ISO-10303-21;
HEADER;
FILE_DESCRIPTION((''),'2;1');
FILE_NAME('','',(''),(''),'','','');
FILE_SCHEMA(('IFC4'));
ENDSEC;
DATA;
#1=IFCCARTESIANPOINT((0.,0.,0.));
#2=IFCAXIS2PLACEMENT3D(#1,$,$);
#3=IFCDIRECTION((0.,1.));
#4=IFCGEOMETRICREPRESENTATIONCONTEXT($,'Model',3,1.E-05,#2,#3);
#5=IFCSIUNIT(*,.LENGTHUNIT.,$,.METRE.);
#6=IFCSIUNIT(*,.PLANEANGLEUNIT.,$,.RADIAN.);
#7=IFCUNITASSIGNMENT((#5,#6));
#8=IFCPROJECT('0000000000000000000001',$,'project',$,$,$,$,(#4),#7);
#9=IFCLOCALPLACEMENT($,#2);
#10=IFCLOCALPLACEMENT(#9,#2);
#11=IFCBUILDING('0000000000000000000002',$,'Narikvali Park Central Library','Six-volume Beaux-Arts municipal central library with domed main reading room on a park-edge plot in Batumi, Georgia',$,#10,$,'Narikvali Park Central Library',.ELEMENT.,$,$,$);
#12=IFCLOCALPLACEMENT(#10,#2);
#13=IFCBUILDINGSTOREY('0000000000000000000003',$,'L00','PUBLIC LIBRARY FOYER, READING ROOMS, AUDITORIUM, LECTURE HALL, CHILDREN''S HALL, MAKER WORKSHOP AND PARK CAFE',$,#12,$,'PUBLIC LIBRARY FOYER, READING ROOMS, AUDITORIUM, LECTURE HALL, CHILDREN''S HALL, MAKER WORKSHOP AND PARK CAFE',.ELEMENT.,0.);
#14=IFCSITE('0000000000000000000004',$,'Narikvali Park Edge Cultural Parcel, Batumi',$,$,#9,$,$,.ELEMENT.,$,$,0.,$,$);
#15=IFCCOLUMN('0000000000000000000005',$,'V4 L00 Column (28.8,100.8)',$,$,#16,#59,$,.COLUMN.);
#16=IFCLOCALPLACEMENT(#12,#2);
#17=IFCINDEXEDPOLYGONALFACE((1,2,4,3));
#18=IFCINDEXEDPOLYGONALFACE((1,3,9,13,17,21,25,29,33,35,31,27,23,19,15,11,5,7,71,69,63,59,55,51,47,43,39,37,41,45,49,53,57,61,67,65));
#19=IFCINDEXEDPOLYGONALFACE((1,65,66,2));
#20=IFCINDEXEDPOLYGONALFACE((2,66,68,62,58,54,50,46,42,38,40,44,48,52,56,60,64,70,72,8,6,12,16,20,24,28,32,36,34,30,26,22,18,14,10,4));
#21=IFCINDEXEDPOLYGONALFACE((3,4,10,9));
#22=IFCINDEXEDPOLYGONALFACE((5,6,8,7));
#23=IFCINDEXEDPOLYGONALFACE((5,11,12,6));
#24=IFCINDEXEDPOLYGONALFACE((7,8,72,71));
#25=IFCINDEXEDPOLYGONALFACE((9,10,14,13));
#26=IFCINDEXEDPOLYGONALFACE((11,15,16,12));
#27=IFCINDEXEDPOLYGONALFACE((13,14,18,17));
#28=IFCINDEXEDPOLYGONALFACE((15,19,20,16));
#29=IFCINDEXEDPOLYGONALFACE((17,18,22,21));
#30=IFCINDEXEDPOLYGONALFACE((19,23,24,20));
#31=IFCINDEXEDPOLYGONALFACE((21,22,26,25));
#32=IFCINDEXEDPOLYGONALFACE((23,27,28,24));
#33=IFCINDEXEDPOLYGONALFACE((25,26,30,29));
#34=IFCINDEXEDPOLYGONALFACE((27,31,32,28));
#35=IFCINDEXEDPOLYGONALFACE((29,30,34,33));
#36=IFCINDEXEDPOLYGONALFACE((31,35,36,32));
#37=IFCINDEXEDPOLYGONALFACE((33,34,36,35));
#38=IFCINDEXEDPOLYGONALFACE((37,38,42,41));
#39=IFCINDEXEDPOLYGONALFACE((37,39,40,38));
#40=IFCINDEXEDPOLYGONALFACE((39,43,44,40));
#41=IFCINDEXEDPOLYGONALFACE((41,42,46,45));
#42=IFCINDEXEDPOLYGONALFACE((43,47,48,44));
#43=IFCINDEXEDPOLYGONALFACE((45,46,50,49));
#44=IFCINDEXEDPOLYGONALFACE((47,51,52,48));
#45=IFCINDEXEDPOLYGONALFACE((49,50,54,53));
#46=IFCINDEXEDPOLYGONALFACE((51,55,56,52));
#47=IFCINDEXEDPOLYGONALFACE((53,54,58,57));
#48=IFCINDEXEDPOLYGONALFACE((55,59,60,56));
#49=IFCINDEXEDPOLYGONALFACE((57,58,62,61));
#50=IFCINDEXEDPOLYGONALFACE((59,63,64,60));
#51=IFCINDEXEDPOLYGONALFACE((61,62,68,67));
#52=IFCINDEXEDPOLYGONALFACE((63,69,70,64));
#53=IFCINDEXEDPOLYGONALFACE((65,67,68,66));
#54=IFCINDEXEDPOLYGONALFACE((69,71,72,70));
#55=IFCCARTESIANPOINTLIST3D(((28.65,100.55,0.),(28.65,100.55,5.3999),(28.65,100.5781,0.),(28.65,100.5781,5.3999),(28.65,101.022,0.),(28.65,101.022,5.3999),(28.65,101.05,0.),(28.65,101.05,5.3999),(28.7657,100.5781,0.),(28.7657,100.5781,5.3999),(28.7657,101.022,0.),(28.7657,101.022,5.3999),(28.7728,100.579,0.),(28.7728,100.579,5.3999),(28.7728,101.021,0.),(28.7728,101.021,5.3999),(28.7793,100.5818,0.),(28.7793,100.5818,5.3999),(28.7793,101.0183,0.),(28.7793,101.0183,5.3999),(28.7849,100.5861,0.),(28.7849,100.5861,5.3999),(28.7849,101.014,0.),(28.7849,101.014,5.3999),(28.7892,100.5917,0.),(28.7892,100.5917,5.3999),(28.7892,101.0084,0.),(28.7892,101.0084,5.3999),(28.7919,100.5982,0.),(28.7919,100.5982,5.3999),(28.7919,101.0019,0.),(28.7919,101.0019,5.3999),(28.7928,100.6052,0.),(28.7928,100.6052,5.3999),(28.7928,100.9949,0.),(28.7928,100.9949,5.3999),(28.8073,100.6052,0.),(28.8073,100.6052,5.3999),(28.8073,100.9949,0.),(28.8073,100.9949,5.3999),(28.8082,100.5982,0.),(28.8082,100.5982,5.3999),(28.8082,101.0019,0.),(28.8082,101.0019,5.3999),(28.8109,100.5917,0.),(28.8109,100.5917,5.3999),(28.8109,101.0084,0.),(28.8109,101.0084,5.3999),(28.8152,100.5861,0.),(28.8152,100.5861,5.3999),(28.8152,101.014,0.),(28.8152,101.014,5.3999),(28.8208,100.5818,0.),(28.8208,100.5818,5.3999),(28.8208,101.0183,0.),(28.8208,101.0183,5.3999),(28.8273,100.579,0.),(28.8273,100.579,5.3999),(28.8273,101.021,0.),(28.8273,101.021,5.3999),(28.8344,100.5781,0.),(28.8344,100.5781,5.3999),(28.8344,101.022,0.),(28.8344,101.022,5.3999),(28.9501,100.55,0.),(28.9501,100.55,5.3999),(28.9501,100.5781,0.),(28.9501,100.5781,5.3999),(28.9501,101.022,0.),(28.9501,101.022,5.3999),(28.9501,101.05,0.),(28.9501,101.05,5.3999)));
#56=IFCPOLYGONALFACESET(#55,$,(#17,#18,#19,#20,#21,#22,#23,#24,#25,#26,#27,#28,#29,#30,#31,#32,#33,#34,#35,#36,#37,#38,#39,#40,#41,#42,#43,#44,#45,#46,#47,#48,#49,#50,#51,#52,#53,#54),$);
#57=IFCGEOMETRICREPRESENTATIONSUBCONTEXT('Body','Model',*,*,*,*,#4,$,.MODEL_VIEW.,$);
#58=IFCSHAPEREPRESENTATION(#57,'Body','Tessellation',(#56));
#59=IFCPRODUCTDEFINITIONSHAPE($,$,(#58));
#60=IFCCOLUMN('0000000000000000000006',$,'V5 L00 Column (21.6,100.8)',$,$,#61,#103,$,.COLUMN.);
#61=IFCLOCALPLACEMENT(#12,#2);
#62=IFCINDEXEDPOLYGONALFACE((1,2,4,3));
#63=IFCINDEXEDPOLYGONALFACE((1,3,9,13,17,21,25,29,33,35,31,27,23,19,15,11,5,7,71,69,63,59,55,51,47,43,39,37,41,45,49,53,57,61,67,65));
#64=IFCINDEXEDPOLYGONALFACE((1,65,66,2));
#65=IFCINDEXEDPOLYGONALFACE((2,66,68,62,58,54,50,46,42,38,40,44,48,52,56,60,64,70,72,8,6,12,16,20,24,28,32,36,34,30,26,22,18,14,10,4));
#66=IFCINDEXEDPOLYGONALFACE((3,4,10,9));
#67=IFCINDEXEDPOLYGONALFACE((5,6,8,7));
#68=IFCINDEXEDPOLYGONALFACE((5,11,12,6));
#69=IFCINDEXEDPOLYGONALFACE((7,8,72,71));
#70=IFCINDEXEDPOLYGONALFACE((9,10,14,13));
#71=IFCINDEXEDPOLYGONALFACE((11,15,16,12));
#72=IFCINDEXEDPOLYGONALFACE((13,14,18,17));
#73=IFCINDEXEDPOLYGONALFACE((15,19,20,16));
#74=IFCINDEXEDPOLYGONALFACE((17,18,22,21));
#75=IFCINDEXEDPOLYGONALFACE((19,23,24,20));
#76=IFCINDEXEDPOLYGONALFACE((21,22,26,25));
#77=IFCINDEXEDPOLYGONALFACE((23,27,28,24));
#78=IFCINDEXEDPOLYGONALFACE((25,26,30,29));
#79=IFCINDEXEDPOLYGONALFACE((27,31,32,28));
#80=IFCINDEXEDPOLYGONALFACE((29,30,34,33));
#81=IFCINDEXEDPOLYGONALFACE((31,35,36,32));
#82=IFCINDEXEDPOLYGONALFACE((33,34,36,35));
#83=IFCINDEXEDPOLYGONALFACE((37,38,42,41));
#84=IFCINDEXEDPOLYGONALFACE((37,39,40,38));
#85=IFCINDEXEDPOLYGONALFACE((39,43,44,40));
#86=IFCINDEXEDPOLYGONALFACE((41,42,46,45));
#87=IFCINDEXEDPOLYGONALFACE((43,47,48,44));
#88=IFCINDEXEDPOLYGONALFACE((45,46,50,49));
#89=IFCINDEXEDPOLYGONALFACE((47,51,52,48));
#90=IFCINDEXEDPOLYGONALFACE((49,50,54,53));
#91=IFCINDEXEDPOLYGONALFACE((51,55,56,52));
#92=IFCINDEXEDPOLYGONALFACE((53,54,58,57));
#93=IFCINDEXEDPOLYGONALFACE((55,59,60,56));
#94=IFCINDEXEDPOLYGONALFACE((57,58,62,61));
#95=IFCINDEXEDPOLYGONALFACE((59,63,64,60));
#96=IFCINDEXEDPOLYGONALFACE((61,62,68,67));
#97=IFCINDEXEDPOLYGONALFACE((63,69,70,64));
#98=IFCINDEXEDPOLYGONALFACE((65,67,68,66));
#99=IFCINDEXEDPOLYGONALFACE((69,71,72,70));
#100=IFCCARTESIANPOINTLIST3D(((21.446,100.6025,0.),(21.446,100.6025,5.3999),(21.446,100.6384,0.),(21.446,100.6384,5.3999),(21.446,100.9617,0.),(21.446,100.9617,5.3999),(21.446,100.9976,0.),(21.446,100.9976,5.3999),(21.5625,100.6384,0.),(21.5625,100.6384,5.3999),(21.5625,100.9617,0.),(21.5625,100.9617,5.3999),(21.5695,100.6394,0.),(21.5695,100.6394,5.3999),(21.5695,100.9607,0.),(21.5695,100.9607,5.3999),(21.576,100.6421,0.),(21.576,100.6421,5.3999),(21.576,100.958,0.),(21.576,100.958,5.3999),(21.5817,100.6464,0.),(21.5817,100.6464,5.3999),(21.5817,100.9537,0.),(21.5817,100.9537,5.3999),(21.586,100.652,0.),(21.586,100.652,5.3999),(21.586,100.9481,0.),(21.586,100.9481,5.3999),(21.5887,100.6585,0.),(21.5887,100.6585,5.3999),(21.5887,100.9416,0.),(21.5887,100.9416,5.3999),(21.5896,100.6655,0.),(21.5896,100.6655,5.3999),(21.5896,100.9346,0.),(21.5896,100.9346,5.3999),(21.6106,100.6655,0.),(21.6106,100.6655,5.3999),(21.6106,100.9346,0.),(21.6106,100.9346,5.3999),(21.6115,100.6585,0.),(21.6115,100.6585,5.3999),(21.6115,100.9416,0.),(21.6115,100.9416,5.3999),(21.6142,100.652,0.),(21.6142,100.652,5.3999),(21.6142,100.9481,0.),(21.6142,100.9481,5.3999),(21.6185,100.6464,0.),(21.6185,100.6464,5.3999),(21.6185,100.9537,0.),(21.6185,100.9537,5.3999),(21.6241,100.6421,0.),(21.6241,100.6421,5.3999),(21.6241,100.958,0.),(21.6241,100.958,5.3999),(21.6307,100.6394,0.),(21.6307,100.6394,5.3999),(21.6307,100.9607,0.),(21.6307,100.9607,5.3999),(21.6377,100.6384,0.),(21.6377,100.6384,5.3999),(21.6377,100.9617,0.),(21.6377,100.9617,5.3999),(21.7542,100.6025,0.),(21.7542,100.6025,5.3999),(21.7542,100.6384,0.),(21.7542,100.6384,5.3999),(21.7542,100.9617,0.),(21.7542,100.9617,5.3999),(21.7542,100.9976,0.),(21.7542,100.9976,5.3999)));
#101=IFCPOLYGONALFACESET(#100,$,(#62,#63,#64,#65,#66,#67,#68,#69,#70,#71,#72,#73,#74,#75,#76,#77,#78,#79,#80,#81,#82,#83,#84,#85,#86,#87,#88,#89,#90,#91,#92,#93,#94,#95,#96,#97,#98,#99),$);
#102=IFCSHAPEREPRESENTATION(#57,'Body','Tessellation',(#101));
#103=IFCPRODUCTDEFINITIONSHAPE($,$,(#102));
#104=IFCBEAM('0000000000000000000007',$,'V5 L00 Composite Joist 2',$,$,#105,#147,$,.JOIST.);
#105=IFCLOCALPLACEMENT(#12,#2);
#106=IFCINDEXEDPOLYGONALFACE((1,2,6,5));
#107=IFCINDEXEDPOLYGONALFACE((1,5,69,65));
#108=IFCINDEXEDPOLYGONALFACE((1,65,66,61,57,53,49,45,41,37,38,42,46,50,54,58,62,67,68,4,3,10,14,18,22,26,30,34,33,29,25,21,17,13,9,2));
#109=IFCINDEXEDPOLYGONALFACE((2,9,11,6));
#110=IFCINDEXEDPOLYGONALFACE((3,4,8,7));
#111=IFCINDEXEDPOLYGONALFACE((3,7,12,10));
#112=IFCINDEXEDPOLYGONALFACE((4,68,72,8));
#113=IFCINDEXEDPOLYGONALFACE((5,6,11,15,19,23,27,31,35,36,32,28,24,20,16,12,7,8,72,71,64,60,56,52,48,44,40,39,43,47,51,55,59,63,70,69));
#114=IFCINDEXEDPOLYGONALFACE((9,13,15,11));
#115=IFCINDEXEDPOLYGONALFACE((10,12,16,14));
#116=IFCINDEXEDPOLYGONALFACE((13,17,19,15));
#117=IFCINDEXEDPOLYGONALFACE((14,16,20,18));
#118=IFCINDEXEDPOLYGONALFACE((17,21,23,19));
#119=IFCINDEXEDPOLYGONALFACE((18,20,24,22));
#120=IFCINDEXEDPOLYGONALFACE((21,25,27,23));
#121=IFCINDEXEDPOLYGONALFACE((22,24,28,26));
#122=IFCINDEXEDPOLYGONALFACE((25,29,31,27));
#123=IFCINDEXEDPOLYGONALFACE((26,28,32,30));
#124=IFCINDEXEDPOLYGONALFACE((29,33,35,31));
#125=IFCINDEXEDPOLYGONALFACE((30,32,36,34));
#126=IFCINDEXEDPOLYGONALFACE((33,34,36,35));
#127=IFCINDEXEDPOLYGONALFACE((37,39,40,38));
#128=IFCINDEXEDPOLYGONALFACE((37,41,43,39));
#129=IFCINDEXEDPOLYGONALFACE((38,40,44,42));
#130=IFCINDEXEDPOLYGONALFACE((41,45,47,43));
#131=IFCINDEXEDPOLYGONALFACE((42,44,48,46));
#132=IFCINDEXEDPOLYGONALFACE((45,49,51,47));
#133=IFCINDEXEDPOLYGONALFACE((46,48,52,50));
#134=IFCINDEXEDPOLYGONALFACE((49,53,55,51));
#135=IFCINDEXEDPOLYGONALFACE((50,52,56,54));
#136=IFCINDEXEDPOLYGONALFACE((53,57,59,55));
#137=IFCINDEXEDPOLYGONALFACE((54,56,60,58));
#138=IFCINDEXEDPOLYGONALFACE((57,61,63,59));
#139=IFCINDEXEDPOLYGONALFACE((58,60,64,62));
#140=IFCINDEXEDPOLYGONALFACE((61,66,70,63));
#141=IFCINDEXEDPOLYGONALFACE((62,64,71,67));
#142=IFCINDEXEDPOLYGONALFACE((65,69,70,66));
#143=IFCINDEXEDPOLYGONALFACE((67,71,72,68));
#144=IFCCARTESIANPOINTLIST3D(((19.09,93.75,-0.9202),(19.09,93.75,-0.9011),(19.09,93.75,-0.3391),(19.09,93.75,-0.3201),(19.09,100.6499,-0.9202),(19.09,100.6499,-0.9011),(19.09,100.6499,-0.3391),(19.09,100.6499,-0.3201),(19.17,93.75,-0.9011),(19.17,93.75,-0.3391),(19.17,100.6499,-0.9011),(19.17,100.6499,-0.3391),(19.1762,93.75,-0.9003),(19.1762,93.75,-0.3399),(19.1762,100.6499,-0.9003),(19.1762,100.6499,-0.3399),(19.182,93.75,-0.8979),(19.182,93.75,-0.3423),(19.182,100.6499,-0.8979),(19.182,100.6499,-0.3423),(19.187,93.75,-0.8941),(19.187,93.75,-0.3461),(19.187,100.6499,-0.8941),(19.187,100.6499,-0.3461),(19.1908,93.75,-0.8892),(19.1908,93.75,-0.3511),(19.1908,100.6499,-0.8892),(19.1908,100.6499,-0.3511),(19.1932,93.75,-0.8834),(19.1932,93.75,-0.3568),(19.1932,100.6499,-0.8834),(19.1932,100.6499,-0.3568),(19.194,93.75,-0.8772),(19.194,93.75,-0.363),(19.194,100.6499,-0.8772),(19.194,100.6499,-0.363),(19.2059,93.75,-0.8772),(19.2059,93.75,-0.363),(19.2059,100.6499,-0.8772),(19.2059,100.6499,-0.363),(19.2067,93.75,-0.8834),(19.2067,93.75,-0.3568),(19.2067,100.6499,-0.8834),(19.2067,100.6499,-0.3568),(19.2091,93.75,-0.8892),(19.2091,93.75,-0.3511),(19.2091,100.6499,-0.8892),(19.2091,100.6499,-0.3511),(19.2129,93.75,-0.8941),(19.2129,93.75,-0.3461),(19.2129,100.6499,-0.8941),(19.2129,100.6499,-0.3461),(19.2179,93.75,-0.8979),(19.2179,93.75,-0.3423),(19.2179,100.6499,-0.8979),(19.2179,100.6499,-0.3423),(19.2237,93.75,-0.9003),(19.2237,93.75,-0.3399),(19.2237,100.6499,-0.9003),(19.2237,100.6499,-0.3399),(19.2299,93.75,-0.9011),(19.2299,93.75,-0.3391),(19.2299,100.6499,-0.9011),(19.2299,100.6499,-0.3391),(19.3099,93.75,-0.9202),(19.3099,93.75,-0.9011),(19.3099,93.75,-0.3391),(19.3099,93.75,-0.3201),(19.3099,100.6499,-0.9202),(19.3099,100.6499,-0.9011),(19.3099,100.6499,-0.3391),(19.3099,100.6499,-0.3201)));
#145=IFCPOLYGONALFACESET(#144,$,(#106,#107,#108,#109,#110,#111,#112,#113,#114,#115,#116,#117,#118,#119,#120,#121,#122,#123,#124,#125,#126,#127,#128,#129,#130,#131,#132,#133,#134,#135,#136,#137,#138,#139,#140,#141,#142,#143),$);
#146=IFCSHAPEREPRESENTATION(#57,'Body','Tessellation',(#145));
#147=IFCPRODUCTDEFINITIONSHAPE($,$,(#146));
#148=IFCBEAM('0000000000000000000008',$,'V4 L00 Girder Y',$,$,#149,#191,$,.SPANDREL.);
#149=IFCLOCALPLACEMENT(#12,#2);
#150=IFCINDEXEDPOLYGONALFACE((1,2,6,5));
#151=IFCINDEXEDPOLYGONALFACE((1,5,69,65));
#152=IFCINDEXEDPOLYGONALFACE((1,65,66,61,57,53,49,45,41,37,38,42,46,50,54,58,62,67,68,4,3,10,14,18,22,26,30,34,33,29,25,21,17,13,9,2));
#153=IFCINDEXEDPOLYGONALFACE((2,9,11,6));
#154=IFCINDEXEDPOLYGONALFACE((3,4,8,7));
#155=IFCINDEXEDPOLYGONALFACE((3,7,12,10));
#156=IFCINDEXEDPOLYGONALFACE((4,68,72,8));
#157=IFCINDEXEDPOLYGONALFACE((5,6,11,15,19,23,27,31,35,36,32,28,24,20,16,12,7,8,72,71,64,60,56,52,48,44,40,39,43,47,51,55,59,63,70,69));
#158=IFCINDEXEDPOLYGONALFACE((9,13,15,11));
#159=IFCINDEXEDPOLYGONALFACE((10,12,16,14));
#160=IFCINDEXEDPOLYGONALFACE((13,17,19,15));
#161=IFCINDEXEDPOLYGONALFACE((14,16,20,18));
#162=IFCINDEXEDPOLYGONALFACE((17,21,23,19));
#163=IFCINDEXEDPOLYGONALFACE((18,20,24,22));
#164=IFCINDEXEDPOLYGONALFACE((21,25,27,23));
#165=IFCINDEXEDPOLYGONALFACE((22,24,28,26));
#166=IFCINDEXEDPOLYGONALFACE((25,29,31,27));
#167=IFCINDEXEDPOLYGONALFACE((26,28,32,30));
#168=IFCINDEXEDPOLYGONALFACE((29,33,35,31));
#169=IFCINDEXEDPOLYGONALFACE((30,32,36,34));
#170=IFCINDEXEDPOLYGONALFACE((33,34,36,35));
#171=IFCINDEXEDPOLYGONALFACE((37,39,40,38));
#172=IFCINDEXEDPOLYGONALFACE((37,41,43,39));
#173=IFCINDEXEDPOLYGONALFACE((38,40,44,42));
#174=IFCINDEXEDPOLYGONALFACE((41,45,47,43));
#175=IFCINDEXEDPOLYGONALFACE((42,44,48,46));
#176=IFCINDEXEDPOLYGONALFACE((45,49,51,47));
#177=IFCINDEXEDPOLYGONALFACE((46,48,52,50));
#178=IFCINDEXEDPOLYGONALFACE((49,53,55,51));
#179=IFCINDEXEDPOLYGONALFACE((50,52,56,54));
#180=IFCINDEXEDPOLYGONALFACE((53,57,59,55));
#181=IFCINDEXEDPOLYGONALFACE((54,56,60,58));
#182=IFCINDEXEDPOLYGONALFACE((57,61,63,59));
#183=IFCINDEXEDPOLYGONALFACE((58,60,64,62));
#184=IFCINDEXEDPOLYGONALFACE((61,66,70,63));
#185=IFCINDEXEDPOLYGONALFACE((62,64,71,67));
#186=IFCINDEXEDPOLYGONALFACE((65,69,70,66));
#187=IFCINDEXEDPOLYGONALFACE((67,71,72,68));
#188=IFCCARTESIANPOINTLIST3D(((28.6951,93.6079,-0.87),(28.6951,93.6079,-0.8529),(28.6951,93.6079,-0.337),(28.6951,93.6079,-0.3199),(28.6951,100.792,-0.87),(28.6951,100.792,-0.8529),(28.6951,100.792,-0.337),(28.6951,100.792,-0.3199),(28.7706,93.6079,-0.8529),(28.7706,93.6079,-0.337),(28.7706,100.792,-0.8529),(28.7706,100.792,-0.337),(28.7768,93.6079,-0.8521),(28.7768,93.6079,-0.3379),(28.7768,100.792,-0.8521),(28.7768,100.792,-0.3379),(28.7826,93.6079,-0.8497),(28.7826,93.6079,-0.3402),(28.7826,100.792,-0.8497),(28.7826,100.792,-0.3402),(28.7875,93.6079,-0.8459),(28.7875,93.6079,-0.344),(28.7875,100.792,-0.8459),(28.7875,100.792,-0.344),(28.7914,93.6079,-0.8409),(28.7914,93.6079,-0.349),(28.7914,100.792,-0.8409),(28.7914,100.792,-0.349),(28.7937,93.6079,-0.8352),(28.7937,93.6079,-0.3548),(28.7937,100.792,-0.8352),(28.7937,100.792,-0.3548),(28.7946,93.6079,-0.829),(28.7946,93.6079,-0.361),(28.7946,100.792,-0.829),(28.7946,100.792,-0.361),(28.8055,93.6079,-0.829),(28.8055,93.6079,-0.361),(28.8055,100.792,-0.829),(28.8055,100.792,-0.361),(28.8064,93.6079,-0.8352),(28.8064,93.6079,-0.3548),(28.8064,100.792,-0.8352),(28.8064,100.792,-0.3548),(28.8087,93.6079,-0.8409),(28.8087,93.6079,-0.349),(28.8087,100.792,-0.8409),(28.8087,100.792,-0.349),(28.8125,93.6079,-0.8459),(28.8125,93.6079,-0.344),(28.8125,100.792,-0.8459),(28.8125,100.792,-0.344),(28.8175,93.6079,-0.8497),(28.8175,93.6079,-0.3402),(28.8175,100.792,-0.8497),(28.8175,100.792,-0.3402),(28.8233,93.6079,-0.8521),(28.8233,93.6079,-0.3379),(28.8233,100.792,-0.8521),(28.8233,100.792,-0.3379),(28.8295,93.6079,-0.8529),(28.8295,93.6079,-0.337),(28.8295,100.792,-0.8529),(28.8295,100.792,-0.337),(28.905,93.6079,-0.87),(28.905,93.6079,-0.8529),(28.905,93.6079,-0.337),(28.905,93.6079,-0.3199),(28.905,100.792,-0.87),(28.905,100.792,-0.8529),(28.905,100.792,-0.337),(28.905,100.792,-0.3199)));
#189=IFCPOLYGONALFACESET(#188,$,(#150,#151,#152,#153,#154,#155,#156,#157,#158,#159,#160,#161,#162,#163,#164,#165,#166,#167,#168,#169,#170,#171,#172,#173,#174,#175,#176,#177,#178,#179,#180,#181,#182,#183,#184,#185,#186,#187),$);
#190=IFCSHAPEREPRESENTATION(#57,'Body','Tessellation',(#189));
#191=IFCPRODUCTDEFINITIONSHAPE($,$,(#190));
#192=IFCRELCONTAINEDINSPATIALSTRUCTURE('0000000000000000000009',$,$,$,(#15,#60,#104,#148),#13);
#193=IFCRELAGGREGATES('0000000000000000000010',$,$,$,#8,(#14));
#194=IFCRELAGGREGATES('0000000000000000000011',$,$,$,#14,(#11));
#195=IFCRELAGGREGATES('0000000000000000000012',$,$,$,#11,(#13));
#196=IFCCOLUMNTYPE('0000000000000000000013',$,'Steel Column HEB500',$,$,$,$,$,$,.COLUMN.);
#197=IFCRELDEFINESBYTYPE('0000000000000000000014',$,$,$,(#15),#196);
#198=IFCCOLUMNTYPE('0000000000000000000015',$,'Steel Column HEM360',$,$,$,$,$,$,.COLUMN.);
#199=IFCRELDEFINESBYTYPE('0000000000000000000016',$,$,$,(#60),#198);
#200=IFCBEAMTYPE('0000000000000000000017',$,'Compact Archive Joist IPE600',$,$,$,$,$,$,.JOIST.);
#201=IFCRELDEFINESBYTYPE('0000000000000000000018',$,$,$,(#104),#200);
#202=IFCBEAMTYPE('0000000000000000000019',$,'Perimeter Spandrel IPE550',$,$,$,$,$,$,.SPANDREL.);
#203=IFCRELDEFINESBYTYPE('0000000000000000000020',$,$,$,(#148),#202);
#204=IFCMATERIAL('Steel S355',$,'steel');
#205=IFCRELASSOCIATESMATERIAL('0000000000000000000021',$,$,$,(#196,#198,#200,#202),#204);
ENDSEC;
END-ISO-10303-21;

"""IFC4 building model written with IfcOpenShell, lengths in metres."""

from ifc_helpers import new_model, si_unit, direction, frame, origin, origin_2d, place, context, subcontext, project, spatial, i_section, extrude, material, material_profile, profile_set, type_object, element, save


model = new_model("IFC4")

# Units and contexts
model_context = context("Model", 3, precision=1e-05, world=origin(), true_north=direction((0.0, 1.0)))
body_context = subcontext(model_context, "Body", "Model", "MODEL_VIEW")
ifc_project = project(units=[si_unit("LENGTHUNIT", "METRE"), si_unit("PLANEANGLEUNIT", "RADIAN")], contexts=[model_context])

# Site, building, storey
site_placement = place(None, origin())
site = spatial("IfcSite", under=ifc_project, at=site_placement, Name="Narikvali Park Edge Cultural Parcel, Batumi", CompositionType="ELEMENT", RefElevation=0.0)
building_placement = place(site_placement, origin())
building = spatial("IfcBuilding", under=site, at=building_placement, Name="Narikvali Park Central Library", Description="Six-volume Beaux-Arts municipal central library with domed main reading room on a park-edge plot in Batumi, Georgia", LongName="Narikvali Park Central Library", CompositionType="ELEMENT")
storey_placement = place(building_placement, origin())
storey = spatial("IfcBuildingStorey", under=building, at=storey_placement, Name="L00", Description="PUBLIC LIBRARY FOYER, READING ROOMS, AUDITORIUM, LECTURE HALL, CHILDREN'S HALL, MAKER WORKSHOP AND PARK CAFE", LongName="PUBLIC LIBRARY FOYER, READING ROOMS, AUDITORIUM, LECTURE HALL, CHILDREN'S HALL, MAKER WORKSHOP AND PARK CAFE", CompositionType="ELEMENT", Elevation=0.0)

# Columns
ifc_material_1 = material(Name="Steel S355", Category="steel")
ifc_material_profile_1 = material_profile(ifc_material_1, i_section(OverallWidth=0.3, OverallDepth=0.5, WebThickness=0.0144, FlangeThickness=0.0281, FilletRadius=0.0271, at=origin_2d()), Name="HEB 500")
ifc_profile_set_1 = profile_set([ifc_material_profile_1], Name="Steel S355")
column_type_1 = type_object("IfcColumnType", Name="Steel Column HEB500", PredefinedType="COLUMN", material=ifc_profile_set_1)
column_1_placement = place(storey_placement, frame((28.8, 100.8, 0.0), z_axis=(0.0, 0.0, 1.0), x_axis=(1.0, 0.0, 0.0)))
element("IfcColumn", 1, at=column_1_placement, inside=storey, type_object=column_type_1, Name="V4 L00 Column (28.8,100.8)", PredefinedType="COLUMN", context=body_context, shape_type="SweptSolid", body=[
    extrude(i_section(OverallWidth=0.3, OverallDepth=0.5, WebThickness=0.0144, FlangeThickness=0.0281, FilletRadius=0.0271, at=origin_2d()), origin(), (0.0, 0.0, 1.0), 5.3999),
])
ifc_material_profile_2 = material_profile(ifc_material_1, i_section(OverallWidth=0.3081, OverallDepth=0.395, WebThickness=0.021, FlangeThickness=0.0359, FilletRadius=0.0271, at=origin_2d()), Name="HEM 360")
ifc_profile_set_2 = profile_set([ifc_material_profile_2], Name="Steel S355")
column_type_2 = type_object("IfcColumnType", Name="Steel Column HEM360", PredefinedType="COLUMN", material=ifc_profile_set_2)
column_2_placement = place(storey_placement, frame((21.6001, 100.8, 0.0), z_axis=(0.0, 0.0, 1.0), x_axis=(1.0, 0.0, 0.0)))
element("IfcColumn", 2, at=column_2_placement, inside=storey, type_object=column_type_2, Name="V5 L00 Column (21.6,100.8)", PredefinedType="COLUMN", context=body_context, shape_type="SweptSolid", body=[
    extrude(i_section(OverallWidth=0.3081, OverallDepth=0.395, WebThickness=0.021, FlangeThickness=0.0359, FilletRadius=0.0271, at=origin_2d()), origin(), (0.0, 0.0, 1.0), 5.3999),
])

# Beams
ifc_material_profile_3 = material_profile(ifc_material_1, i_section(OverallWidth=0.22, OverallDepth=0.6001, WebThickness=0.012, FlangeThickness=0.019, FilletRadius=0.0239, at=origin_2d()), Name="IPE 600")
ifc_profile_set_3 = profile_set([ifc_material_profile_3], Name="Steel S355")
beam_type_1 = type_object("IfcBeamType", Name="Compact Archive Joist IPE600", PredefinedType="JOIST", material=ifc_profile_set_3)
beam_1_placement = place(storey_placement, frame((19.2, 93.75, -0.6201), z_axis=(0.0, 1.0, 0.0), x_axis=(-1.0, 0.0, 0.0)))
element("IfcBeam", 3, at=beam_1_placement, inside=storey, type_object=beam_type_1, Name="V5 L00 Composite Joist 2", PredefinedType="JOIST", context=body_context, shape_type="SweptSolid", body=[
    extrude(i_section(OverallWidth=0.22, OverallDepth=0.6001, WebThickness=0.012, FlangeThickness=0.019, FilletRadius=0.0239, at=origin_2d()), origin(), (0.0, 0.0, 1.0), 6.8999),
])
ifc_material_profile_4 = material_profile(ifc_material_1, i_section(OverallWidth=0.21, OverallDepth=0.55, WebThickness=0.011, FlangeThickness=0.0171, FilletRadius=0.0239, at=origin_2d()), Name="IPE 550")
ifc_profile_set_4 = profile_set([ifc_material_profile_4], Name="Steel S355")
beam_type_2 = type_object("IfcBeamType", Name="Perimeter Spandrel IPE550", PredefinedType="SPANDREL", material=ifc_profile_set_4)
beam_2_placement = place(storey_placement, frame((28.8, 93.6079, -0.595), z_axis=(0.0, 1.0, 0.0), x_axis=(-1.0, 0.0, 0.0)))
element("IfcBeam", 4, at=beam_2_placement, inside=storey, type_object=beam_type_2, Name="V4 L00 Girder Y", PredefinedType="SPANDREL", context=body_context, shape_type="SweptSolid", body=[
    extrude(i_section(OverallWidth=0.21, OverallDepth=0.55, WebThickness=0.011, FlangeThickness=0.0171, FilletRadius=0.0239, at=origin_2d()), origin(), (0.0, 0.0, 1.0), 7.1841),
])

save(model, "model.ifc")
